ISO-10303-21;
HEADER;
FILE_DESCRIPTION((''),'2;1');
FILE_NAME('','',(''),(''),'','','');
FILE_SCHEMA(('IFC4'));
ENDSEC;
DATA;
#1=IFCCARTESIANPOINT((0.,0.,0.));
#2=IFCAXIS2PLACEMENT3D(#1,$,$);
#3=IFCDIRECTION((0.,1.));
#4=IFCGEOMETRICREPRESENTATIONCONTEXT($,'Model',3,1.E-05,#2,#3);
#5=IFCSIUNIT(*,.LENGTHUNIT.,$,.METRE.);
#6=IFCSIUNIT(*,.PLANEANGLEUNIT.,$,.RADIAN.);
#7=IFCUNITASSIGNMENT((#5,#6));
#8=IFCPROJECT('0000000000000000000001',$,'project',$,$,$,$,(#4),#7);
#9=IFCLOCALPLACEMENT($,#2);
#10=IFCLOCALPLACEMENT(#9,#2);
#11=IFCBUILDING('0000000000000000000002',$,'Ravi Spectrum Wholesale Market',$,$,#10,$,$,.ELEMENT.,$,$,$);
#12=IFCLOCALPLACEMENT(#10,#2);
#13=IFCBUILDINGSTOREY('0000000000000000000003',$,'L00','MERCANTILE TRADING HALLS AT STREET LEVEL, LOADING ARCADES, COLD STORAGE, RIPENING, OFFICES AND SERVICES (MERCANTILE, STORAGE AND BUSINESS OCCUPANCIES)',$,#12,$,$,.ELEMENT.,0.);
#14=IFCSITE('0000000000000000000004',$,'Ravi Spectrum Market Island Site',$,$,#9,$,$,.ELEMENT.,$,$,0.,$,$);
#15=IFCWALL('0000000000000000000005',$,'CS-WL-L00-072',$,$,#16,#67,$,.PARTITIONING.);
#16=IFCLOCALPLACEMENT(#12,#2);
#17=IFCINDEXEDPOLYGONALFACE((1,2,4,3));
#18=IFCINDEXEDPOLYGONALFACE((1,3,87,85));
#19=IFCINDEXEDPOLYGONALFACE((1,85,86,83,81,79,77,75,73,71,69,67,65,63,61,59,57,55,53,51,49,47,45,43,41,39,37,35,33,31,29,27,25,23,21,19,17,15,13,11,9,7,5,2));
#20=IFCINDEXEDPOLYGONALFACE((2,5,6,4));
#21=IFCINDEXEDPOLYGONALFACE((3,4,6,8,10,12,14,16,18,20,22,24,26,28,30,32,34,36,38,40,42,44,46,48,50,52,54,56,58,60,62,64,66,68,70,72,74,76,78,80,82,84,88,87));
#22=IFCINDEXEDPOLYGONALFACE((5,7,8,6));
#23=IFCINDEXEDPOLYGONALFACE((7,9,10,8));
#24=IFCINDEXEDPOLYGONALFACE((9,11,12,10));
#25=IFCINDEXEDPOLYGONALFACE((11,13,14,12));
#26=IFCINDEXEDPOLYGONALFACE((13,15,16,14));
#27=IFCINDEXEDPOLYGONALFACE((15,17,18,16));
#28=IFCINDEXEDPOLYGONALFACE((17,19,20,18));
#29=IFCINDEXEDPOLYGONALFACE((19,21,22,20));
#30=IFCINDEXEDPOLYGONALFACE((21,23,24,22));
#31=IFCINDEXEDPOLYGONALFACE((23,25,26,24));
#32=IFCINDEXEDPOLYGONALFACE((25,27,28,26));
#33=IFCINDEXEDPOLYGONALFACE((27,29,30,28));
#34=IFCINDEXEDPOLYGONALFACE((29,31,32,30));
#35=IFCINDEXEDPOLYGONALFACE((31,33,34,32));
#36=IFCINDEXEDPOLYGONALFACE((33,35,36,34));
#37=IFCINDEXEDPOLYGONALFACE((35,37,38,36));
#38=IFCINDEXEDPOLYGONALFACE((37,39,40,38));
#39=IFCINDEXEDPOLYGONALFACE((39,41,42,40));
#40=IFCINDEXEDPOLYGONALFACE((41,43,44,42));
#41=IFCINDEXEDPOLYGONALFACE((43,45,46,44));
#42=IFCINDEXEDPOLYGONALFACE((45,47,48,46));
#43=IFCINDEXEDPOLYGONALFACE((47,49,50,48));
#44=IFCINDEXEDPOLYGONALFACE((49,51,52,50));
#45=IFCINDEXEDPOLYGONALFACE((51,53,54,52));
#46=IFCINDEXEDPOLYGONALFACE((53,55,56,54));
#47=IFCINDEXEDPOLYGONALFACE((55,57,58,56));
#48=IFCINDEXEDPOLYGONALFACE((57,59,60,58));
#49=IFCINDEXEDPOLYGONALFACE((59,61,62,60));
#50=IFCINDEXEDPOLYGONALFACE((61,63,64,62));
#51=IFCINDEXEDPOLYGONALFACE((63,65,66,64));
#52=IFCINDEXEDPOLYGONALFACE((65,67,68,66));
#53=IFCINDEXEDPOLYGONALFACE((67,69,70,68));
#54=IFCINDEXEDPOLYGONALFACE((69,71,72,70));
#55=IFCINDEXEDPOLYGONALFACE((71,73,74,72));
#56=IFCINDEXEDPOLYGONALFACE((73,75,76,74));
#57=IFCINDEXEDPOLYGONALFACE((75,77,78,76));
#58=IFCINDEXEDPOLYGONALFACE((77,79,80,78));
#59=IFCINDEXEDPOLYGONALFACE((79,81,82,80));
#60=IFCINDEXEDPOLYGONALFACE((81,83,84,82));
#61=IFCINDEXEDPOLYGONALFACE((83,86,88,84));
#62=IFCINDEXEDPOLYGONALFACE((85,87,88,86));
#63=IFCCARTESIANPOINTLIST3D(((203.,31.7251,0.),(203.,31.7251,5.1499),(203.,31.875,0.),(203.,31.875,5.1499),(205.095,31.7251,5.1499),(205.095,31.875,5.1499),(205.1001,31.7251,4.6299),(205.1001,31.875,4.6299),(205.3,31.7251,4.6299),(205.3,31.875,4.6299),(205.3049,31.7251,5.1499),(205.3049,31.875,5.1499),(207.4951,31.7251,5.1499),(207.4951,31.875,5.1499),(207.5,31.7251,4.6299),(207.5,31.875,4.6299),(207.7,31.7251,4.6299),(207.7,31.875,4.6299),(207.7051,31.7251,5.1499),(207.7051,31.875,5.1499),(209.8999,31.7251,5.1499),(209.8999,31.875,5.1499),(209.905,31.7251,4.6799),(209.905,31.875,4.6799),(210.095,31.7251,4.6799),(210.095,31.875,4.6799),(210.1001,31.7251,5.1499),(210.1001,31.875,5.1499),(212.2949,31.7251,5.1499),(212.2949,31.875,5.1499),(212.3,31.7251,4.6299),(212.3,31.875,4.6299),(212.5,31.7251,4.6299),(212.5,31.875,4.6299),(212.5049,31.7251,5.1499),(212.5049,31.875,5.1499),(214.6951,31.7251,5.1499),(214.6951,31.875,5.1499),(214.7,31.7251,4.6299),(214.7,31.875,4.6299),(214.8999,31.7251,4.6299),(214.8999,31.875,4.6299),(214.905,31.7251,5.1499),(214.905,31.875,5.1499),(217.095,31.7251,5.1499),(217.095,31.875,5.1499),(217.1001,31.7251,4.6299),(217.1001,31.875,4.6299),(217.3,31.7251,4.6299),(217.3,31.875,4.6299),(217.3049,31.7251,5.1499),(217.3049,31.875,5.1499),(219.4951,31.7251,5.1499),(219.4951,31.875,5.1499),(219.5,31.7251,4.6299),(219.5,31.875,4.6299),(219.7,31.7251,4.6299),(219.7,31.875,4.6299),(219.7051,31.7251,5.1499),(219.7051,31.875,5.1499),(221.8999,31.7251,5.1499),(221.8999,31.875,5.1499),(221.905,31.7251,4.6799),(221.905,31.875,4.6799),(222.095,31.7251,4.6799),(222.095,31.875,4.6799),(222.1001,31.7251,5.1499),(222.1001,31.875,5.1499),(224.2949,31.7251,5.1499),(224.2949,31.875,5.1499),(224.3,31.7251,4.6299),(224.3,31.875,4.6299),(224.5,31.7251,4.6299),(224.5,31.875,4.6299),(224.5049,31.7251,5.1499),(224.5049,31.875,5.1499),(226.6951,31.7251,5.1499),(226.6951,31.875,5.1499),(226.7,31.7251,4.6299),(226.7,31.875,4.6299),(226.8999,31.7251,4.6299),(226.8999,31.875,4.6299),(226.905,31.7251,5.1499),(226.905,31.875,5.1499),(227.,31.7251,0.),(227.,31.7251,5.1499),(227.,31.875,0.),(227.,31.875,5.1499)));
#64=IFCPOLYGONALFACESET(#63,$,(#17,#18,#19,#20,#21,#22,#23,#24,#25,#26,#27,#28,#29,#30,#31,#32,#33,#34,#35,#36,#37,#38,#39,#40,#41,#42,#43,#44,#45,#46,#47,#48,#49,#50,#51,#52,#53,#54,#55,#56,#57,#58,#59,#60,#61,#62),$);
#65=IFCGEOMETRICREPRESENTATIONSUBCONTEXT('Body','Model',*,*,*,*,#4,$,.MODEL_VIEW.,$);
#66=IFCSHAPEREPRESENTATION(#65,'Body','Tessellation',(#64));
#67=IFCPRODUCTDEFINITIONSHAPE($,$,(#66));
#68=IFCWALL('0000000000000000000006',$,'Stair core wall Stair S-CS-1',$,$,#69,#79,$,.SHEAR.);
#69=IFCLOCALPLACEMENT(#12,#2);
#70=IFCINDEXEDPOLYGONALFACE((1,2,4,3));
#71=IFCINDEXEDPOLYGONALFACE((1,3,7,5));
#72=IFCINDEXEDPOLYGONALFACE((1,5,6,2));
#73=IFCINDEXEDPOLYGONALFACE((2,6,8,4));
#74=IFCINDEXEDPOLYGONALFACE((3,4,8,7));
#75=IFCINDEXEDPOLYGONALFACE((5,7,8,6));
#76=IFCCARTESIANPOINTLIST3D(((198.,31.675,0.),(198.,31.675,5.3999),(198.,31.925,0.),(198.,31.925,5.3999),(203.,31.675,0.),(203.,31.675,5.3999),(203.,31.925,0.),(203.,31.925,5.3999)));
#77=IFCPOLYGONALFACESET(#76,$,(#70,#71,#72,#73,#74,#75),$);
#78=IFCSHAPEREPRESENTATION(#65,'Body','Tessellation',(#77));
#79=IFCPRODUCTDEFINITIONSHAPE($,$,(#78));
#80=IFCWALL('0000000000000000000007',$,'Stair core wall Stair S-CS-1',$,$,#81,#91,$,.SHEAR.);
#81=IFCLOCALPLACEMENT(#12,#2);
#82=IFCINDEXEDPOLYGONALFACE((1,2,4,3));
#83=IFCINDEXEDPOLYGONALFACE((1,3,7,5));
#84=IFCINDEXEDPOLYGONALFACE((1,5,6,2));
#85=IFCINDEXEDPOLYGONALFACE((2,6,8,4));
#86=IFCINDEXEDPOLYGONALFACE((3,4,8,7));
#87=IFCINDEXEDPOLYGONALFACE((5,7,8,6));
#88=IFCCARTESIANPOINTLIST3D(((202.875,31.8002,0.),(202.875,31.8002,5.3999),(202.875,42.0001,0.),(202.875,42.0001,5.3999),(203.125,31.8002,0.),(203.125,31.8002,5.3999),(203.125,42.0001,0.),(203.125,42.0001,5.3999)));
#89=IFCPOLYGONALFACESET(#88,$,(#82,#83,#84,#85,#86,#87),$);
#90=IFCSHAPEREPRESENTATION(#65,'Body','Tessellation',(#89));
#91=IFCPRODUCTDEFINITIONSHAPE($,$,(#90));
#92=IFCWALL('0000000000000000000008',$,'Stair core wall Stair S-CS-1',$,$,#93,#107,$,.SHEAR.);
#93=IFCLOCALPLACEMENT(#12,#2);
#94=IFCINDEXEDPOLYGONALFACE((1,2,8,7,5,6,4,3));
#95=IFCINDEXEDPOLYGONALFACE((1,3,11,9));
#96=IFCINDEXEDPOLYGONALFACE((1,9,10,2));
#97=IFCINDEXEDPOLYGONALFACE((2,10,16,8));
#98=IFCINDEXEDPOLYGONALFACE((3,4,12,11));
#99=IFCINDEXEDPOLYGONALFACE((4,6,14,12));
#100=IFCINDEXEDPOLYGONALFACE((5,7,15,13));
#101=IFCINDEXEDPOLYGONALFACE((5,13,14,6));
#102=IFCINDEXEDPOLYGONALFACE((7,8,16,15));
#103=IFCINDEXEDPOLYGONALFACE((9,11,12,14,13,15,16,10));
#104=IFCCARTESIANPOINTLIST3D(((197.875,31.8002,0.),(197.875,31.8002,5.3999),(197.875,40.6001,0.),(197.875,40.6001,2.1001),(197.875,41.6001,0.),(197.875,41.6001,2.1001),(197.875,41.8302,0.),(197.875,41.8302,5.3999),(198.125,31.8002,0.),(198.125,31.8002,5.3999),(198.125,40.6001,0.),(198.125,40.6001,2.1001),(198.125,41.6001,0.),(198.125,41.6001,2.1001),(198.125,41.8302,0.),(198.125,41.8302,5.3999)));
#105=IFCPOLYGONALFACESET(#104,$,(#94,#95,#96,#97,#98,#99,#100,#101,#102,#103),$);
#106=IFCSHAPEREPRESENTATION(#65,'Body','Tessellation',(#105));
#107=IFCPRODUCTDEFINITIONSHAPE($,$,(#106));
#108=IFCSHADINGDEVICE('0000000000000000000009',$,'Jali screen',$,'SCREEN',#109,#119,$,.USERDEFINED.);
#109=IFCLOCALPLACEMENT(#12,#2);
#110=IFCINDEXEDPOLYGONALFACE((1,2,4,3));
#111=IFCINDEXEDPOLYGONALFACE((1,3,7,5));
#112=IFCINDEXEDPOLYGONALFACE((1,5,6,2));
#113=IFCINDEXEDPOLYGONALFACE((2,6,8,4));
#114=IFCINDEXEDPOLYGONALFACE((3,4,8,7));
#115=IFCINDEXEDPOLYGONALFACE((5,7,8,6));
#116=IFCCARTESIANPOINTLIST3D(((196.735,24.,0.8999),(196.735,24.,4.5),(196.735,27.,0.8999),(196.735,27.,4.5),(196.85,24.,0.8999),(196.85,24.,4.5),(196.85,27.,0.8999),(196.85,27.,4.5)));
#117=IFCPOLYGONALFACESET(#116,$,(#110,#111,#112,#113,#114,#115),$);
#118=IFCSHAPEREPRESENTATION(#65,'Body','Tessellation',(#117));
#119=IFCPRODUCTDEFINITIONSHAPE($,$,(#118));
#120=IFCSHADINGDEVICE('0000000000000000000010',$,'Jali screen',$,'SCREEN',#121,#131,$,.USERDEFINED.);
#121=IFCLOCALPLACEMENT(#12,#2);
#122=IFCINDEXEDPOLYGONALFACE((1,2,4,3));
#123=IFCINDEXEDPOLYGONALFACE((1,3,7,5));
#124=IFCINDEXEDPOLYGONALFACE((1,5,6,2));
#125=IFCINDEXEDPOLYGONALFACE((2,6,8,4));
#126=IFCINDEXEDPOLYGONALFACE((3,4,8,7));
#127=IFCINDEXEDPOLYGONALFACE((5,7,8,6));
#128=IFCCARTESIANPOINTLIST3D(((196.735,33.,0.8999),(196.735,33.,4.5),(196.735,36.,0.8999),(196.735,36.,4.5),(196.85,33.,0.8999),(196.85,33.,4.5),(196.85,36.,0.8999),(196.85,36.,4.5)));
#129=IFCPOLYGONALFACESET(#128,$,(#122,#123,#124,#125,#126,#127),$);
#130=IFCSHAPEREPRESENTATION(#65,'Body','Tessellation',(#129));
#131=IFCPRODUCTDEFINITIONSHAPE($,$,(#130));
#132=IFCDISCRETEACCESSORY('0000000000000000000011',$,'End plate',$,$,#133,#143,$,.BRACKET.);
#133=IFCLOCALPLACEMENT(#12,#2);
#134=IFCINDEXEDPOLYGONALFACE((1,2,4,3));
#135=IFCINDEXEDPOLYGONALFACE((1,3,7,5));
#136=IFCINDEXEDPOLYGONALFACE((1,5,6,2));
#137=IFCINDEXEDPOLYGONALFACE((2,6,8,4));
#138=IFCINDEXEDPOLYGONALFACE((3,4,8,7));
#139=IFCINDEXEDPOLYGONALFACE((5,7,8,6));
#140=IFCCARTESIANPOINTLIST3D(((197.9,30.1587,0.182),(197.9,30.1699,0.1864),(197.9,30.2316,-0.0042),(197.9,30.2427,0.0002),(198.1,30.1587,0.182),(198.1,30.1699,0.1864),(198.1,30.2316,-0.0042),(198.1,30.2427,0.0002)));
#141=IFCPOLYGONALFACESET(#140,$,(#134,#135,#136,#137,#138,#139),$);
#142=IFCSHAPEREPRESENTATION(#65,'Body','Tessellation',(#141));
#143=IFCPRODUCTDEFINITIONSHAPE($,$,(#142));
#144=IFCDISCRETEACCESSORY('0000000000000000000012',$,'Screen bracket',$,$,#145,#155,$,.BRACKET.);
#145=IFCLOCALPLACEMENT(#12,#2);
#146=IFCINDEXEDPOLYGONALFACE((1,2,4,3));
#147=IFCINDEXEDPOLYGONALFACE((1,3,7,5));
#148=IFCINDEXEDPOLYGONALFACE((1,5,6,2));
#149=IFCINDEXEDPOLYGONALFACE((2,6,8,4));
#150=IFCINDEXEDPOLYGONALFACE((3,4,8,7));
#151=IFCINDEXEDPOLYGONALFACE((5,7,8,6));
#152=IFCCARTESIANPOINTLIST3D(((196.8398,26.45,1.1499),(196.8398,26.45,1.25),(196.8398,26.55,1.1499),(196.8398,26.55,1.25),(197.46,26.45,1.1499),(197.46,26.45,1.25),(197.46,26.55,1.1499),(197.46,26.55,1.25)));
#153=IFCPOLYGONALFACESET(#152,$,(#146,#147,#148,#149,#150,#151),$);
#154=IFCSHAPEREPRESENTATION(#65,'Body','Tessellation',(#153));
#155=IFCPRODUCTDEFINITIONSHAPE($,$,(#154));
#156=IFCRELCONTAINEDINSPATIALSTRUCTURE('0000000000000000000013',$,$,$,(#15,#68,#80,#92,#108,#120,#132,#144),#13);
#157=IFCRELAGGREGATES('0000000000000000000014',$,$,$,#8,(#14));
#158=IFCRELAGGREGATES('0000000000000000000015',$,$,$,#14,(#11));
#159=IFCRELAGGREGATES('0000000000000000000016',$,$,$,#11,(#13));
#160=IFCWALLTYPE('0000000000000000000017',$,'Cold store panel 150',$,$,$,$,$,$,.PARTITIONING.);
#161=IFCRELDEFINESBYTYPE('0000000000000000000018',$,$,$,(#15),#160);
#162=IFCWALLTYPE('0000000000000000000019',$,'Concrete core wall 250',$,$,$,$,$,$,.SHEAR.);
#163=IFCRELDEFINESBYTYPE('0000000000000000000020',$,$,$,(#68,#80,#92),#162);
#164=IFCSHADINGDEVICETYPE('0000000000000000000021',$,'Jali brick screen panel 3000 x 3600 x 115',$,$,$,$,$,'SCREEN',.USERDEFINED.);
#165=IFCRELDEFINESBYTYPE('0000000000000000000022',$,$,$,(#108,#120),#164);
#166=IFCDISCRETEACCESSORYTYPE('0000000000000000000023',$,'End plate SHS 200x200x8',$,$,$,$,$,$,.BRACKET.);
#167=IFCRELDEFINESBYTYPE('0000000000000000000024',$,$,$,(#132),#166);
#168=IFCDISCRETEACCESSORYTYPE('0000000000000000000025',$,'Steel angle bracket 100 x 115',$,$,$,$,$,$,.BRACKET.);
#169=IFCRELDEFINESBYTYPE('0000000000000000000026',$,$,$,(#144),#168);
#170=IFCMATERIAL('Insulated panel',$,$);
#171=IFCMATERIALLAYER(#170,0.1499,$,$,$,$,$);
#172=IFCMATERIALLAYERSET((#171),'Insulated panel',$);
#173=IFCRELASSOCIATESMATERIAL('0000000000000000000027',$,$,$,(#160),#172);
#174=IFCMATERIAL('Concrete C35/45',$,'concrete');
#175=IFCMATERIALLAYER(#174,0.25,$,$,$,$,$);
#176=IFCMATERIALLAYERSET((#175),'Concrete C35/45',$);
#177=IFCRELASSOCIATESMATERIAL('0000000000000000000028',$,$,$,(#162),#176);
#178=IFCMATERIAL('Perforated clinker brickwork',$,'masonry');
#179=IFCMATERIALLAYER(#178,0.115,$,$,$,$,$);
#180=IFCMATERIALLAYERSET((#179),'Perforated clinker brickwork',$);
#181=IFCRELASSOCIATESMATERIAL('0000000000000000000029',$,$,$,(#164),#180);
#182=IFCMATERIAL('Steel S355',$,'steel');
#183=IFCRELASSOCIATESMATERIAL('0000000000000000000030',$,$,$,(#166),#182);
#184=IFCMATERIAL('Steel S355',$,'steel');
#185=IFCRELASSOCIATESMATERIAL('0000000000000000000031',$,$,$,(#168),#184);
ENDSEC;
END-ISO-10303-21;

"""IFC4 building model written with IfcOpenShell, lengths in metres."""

from ifc_helpers import new_model, si_unit, direction, frame, frame_2d, origin, origin_2d, place, context, subcontext, project, spatial, polyline, rectangle, outline, extrude, material, layer, layer_set, material_profile, profile_set, type_object, element, save


model = new_model("IFC4")

# Units and contexts
model_context = context("Model", 3, precision=1e-05, world=origin(), true_north=direction((0.0, 1.0)))
body_context = subcontext(model_context, "Body", "Model", "MODEL_VIEW")
ifc_project = project(units=[si_unit("LENGTHUNIT", "METRE"), si_unit("PLANEANGLEUNIT", "RADIAN")], contexts=[model_context])

# Site, building, storey
site_placement = place(None, origin())
site = spatial("IfcSite", under=ifc_project, at=site_placement, Name="Ravi Spectrum Market Island Site", CompositionType="ELEMENT", RefElevation=0.0)
building_placement = place(site_placement, origin())
building = spatial("IfcBuilding", under=site, at=building_placement, Name="Ravi Spectrum Wholesale Market", CompositionType="ELEMENT")
storey_placement = place(building_placement, origin())
storey = spatial("IfcBuildingStorey", under=building, at=storey_placement, Name="L00", Description="MERCANTILE TRADING HALLS AT STREET LEVEL, LOADING ARCADES, COLD STORAGE, RIPENING, OFFICES AND SERVICES (MERCANTILE, STORAGE AND BUSINESS OCCUPANCIES)", CompositionType="ELEMENT", Elevation=0.0)

# Walls
ifc_material_1 = material(Name="Insulated panel")
ifc_layer_1 = layer(ifc_material_1, 0.1499)
ifc_layer_set_1 = layer_set([ifc_layer_1], Name="Insulated panel")
wall_type_1 = type_object("IfcWallType", Name="Cold store panel 150", PredefinedType="PARTITIONING", material=ifc_layer_set_1)
wall_1_placement = place(storey_placement, frame((203.0, 31.8, 0.0), z_axis=(0.0, 0.0, 1.0), x_axis=(1.0, 0.0, 0.0)))
element("IfcWall", 1, at=wall_1_placement, inside=storey, type_object=wall_type_1, Name="CS-WL-L00-072", PredefinedType="PARTITIONING", context=body_context, shape_type="SweptSolid", body=[
    extrude(outline(polyline([(0.0, 0.0), (24.0, 0.0), (24.0, 5.1499), (23.905, 5.1499), (23.8999, 4.6299), (23.7, 4.6299), (23.6951, 5.1499), (21.5049, 5.1499), (21.5, 4.6299), (21.3, 4.6299), (21.2949, 5.1499), (19.1001, 5.1499), (19.095, 4.6799), (18.905, 4.6799), (18.8999, 5.1499), (16.7051, 5.1499), (16.7, 4.6299), (16.5, 4.6299), (16.4951, 5.1499), (14.3049, 5.1499), (14.3, 4.6299), (14.1001, 4.6299), (14.095, 5.1499), (11.905, 5.1499), (11.8999, 4.6299), (11.7, 4.6299), (11.6951, 5.1499), (9.5049, 5.1499), (9.5, 4.6299), (9.3, 4.6299), (9.2949, 5.1499), (7.1001, 5.1499), (7.095, 4.6799), (6.905, 4.6799), (6.8999, 5.1499), (4.7051, 5.1499), (4.7, 4.6299), (4.5, 4.6299), (4.4951, 5.1499), (2.3049, 5.1499), (2.3, 4.6299), (2.1001, 4.6299), (2.095, 5.1499), (0.0, 5.1499), (0.0, 0.0)])), frame((0.0, 0.075, 0.0), z_axis=(0.0, -1.0, 0.0), x_axis=(1.0, 0.0, 0.0)), (0.0, 0.0, 1.0), 0.1499),
])
ifc_material_2 = material(Name="Concrete C35/45", Category="concrete")
ifc_layer_2 = layer(ifc_material_2, 0.25)
ifc_layer_set_2 = layer_set([ifc_layer_2], Name="Concrete C35/45")
wall_type_2 = type_object("IfcWallType", Name="Concrete core wall 250", PredefinedType="SHEAR", material=ifc_layer_set_2)
wall_2_placement = place(storey_placement, frame((198.0, 31.8, 0.0), z_axis=(0.0, 0.0, 1.0), x_axis=(1.0, 0.0, 0.0)))
element("IfcWall", 2, at=wall_2_placement, inside=storey, type_object=wall_type_2, Name="Stair core wall Stair S-CS-1", PredefinedType="SHEAR", context=body_context, shape_type="SweptSolid", body=[
    extrude(rectangle(XDim=5.0, YDim=0.25, at=frame_2d((2.5, 0.0))), origin(), (0.0, 0.0, 1.0), 5.3999),
])
wall_3_placement = place(storey_placement, frame((203.0, 31.8, 0.0), z_axis=(0.0, 0.0, 1.0), x_axis=(0.0, 1.0, 0.0)))
element("IfcWall", 3, at=wall_3_placement, inside=storey, type_object=wall_type_2, Name="Stair core wall Stair S-CS-1", PredefinedType="SHEAR", context=body_context, shape_type="SweptSolid", body=[
    extrude(rectangle(XDim=10.2, YDim=0.25, at=frame_2d((5.1001, 0.0))), origin(), (0.0, 0.0, 1.0), 5.3999),
])

# Wall, opening
wall_4_placement = place(storey_placement, frame((198.0, 31.8, 0.0), z_axis=(0.0, 0.0, 1.0), x_axis=(0.0, 1.0, 0.0)))
wall_4 = element("IfcWall", 4, at=wall_4_placement, inside=storey, type_object=wall_type_2, Name="Stair core wall Stair S-CS-1", PredefinedType="SHEAR", context=body_context, shape_type="SweptSolid", body=[
    extrude(rectangle(XDim=10.03, YDim=0.25, at=frame_2d((5.0151, 0.0))), origin(), (0.0, 0.0, 1.0), 5.3999),
])
opening_1_placement = place(wall_4_placement, frame((8.8, 0.0, 0.0)))
element("IfcOpeningElement", 5, at=opening_1_placement, cuts=wall_4, PredefinedType="OPENING", context=body_context, shape_type="SweptSolid", body=[
    extrude(rectangle(XDim=1.0, YDim=2.1001, at=frame_2d((0.5, 1.05))), frame((0.0, 0.135, 0.0), z_axis=(0.0, -1.0, 0.0), x_axis=(1.0, 0.0, 0.0)), (0.0, 0.0, 1.0), 0.27),
])

# Shading devices
ifc_material_3 = material(Name="Perforated clinker brickwork", Category="masonry")
ifc_layer_3 = layer(ifc_material_3, 0.115)
ifc_layer_set_3 = layer_set([ifc_layer_3], Name="Perforated clinker brickwork")
shading_device_type = type_object("IfcShadingDeviceType", Name="Jali brick screen panel 3000 x 3600 x 115", ElementType="SCREEN", PredefinedType="USERDEFINED", material=ifc_layer_set_3)
for number, where, z_axis, x_axis, name in (
    (6, (196.7925, 25.5, 0.8999), (0.0, 0.0, 1.0), (1.0, 0.0, 0.0), "Jali screen"),
    (7, (196.7925, 34.5, 0.8999), (0.0, 0.0, 1.0), (1.0, 0.0, 0.0), "Jali screen"),
):
    element("IfcShadingDevice", number, at=place(storey_placement, frame(where, z_axis=z_axis, x_axis=x_axis)), inside=storey, type_object=shading_device_type, Name=name, ObjectType="SCREEN", PredefinedType="USERDEFINED", context=body_context, shape_type="SweptSolid", body=[
        extrude(rectangle(XDim=0.115, YDim=3.0, at=origin_2d()), origin(), (0.0, 0.0, 1.0), 3.6001),
    ])

# Discrete accessories
ifc_material_4 = material(Name="Steel S355", Category="steel")
ifc_material_profile_1 = material_profile(ifc_material_4, rectangle(XDim=0.2, YDim=0.2, at=origin_2d()))
ifc_profile_set_1 = profile_set([ifc_material_profile_1], Name="Steel S355")
discrete_accessory_type_1 = type_object("IfcDiscreteAccessoryType", Name="End plate SHS 200x200x8", PredefinedType="BRACKET", material=ifc_profile_set_1)
discrete_accessory_1_placement = place(storey_placement, frame((198.0, 30.2063, 0.0933), z_axis=(0.0, -0.931243, -0.364399), x_axis=(1.0, 0.0, 0.0)))
element("IfcDiscreteAccessory", 8, at=discrete_accessory_1_placement, inside=storey, type_object=discrete_accessory_type_1, Name="End plate", PredefinedType="BRACKET", context=body_context, shape_type="SweptSolid", body=[
    extrude(rectangle(XDim=0.2, YDim=0.2, at=origin_2d()), origin(), (0.0, 0.0, 1.0), 0.012),
])
ifc_material_5 = material(Name="Steel S355", Category="steel")
discrete_accessory_type_2 = type_object("IfcDiscreteAccessoryType", Name="Steel angle bracket 100 x 115", PredefinedType="BRACKET", material=ifc_material_5)
discrete_accessory_2_placement = place(storey_placement, frame((197.1499, 26.5, 1.1499), z_axis=(0.0, 0.0, 1.0), x_axis=(1.0, 0.0, 0.0)))
element("IfcDiscreteAccessory", 9, at=discrete_accessory_2_placement, inside=storey, type_object=discrete_accessory_type_2, Name="Screen bracket", PredefinedType="BRACKET", context=body_context, shape_type="SweptSolid", body=[
    extrude(rectangle(XDim=0.6201, YDim=0.1001, at=origin_2d()), origin(), (0.0, 0.0, 1.0), 0.1001),
])

save(model, "model.ifc")
